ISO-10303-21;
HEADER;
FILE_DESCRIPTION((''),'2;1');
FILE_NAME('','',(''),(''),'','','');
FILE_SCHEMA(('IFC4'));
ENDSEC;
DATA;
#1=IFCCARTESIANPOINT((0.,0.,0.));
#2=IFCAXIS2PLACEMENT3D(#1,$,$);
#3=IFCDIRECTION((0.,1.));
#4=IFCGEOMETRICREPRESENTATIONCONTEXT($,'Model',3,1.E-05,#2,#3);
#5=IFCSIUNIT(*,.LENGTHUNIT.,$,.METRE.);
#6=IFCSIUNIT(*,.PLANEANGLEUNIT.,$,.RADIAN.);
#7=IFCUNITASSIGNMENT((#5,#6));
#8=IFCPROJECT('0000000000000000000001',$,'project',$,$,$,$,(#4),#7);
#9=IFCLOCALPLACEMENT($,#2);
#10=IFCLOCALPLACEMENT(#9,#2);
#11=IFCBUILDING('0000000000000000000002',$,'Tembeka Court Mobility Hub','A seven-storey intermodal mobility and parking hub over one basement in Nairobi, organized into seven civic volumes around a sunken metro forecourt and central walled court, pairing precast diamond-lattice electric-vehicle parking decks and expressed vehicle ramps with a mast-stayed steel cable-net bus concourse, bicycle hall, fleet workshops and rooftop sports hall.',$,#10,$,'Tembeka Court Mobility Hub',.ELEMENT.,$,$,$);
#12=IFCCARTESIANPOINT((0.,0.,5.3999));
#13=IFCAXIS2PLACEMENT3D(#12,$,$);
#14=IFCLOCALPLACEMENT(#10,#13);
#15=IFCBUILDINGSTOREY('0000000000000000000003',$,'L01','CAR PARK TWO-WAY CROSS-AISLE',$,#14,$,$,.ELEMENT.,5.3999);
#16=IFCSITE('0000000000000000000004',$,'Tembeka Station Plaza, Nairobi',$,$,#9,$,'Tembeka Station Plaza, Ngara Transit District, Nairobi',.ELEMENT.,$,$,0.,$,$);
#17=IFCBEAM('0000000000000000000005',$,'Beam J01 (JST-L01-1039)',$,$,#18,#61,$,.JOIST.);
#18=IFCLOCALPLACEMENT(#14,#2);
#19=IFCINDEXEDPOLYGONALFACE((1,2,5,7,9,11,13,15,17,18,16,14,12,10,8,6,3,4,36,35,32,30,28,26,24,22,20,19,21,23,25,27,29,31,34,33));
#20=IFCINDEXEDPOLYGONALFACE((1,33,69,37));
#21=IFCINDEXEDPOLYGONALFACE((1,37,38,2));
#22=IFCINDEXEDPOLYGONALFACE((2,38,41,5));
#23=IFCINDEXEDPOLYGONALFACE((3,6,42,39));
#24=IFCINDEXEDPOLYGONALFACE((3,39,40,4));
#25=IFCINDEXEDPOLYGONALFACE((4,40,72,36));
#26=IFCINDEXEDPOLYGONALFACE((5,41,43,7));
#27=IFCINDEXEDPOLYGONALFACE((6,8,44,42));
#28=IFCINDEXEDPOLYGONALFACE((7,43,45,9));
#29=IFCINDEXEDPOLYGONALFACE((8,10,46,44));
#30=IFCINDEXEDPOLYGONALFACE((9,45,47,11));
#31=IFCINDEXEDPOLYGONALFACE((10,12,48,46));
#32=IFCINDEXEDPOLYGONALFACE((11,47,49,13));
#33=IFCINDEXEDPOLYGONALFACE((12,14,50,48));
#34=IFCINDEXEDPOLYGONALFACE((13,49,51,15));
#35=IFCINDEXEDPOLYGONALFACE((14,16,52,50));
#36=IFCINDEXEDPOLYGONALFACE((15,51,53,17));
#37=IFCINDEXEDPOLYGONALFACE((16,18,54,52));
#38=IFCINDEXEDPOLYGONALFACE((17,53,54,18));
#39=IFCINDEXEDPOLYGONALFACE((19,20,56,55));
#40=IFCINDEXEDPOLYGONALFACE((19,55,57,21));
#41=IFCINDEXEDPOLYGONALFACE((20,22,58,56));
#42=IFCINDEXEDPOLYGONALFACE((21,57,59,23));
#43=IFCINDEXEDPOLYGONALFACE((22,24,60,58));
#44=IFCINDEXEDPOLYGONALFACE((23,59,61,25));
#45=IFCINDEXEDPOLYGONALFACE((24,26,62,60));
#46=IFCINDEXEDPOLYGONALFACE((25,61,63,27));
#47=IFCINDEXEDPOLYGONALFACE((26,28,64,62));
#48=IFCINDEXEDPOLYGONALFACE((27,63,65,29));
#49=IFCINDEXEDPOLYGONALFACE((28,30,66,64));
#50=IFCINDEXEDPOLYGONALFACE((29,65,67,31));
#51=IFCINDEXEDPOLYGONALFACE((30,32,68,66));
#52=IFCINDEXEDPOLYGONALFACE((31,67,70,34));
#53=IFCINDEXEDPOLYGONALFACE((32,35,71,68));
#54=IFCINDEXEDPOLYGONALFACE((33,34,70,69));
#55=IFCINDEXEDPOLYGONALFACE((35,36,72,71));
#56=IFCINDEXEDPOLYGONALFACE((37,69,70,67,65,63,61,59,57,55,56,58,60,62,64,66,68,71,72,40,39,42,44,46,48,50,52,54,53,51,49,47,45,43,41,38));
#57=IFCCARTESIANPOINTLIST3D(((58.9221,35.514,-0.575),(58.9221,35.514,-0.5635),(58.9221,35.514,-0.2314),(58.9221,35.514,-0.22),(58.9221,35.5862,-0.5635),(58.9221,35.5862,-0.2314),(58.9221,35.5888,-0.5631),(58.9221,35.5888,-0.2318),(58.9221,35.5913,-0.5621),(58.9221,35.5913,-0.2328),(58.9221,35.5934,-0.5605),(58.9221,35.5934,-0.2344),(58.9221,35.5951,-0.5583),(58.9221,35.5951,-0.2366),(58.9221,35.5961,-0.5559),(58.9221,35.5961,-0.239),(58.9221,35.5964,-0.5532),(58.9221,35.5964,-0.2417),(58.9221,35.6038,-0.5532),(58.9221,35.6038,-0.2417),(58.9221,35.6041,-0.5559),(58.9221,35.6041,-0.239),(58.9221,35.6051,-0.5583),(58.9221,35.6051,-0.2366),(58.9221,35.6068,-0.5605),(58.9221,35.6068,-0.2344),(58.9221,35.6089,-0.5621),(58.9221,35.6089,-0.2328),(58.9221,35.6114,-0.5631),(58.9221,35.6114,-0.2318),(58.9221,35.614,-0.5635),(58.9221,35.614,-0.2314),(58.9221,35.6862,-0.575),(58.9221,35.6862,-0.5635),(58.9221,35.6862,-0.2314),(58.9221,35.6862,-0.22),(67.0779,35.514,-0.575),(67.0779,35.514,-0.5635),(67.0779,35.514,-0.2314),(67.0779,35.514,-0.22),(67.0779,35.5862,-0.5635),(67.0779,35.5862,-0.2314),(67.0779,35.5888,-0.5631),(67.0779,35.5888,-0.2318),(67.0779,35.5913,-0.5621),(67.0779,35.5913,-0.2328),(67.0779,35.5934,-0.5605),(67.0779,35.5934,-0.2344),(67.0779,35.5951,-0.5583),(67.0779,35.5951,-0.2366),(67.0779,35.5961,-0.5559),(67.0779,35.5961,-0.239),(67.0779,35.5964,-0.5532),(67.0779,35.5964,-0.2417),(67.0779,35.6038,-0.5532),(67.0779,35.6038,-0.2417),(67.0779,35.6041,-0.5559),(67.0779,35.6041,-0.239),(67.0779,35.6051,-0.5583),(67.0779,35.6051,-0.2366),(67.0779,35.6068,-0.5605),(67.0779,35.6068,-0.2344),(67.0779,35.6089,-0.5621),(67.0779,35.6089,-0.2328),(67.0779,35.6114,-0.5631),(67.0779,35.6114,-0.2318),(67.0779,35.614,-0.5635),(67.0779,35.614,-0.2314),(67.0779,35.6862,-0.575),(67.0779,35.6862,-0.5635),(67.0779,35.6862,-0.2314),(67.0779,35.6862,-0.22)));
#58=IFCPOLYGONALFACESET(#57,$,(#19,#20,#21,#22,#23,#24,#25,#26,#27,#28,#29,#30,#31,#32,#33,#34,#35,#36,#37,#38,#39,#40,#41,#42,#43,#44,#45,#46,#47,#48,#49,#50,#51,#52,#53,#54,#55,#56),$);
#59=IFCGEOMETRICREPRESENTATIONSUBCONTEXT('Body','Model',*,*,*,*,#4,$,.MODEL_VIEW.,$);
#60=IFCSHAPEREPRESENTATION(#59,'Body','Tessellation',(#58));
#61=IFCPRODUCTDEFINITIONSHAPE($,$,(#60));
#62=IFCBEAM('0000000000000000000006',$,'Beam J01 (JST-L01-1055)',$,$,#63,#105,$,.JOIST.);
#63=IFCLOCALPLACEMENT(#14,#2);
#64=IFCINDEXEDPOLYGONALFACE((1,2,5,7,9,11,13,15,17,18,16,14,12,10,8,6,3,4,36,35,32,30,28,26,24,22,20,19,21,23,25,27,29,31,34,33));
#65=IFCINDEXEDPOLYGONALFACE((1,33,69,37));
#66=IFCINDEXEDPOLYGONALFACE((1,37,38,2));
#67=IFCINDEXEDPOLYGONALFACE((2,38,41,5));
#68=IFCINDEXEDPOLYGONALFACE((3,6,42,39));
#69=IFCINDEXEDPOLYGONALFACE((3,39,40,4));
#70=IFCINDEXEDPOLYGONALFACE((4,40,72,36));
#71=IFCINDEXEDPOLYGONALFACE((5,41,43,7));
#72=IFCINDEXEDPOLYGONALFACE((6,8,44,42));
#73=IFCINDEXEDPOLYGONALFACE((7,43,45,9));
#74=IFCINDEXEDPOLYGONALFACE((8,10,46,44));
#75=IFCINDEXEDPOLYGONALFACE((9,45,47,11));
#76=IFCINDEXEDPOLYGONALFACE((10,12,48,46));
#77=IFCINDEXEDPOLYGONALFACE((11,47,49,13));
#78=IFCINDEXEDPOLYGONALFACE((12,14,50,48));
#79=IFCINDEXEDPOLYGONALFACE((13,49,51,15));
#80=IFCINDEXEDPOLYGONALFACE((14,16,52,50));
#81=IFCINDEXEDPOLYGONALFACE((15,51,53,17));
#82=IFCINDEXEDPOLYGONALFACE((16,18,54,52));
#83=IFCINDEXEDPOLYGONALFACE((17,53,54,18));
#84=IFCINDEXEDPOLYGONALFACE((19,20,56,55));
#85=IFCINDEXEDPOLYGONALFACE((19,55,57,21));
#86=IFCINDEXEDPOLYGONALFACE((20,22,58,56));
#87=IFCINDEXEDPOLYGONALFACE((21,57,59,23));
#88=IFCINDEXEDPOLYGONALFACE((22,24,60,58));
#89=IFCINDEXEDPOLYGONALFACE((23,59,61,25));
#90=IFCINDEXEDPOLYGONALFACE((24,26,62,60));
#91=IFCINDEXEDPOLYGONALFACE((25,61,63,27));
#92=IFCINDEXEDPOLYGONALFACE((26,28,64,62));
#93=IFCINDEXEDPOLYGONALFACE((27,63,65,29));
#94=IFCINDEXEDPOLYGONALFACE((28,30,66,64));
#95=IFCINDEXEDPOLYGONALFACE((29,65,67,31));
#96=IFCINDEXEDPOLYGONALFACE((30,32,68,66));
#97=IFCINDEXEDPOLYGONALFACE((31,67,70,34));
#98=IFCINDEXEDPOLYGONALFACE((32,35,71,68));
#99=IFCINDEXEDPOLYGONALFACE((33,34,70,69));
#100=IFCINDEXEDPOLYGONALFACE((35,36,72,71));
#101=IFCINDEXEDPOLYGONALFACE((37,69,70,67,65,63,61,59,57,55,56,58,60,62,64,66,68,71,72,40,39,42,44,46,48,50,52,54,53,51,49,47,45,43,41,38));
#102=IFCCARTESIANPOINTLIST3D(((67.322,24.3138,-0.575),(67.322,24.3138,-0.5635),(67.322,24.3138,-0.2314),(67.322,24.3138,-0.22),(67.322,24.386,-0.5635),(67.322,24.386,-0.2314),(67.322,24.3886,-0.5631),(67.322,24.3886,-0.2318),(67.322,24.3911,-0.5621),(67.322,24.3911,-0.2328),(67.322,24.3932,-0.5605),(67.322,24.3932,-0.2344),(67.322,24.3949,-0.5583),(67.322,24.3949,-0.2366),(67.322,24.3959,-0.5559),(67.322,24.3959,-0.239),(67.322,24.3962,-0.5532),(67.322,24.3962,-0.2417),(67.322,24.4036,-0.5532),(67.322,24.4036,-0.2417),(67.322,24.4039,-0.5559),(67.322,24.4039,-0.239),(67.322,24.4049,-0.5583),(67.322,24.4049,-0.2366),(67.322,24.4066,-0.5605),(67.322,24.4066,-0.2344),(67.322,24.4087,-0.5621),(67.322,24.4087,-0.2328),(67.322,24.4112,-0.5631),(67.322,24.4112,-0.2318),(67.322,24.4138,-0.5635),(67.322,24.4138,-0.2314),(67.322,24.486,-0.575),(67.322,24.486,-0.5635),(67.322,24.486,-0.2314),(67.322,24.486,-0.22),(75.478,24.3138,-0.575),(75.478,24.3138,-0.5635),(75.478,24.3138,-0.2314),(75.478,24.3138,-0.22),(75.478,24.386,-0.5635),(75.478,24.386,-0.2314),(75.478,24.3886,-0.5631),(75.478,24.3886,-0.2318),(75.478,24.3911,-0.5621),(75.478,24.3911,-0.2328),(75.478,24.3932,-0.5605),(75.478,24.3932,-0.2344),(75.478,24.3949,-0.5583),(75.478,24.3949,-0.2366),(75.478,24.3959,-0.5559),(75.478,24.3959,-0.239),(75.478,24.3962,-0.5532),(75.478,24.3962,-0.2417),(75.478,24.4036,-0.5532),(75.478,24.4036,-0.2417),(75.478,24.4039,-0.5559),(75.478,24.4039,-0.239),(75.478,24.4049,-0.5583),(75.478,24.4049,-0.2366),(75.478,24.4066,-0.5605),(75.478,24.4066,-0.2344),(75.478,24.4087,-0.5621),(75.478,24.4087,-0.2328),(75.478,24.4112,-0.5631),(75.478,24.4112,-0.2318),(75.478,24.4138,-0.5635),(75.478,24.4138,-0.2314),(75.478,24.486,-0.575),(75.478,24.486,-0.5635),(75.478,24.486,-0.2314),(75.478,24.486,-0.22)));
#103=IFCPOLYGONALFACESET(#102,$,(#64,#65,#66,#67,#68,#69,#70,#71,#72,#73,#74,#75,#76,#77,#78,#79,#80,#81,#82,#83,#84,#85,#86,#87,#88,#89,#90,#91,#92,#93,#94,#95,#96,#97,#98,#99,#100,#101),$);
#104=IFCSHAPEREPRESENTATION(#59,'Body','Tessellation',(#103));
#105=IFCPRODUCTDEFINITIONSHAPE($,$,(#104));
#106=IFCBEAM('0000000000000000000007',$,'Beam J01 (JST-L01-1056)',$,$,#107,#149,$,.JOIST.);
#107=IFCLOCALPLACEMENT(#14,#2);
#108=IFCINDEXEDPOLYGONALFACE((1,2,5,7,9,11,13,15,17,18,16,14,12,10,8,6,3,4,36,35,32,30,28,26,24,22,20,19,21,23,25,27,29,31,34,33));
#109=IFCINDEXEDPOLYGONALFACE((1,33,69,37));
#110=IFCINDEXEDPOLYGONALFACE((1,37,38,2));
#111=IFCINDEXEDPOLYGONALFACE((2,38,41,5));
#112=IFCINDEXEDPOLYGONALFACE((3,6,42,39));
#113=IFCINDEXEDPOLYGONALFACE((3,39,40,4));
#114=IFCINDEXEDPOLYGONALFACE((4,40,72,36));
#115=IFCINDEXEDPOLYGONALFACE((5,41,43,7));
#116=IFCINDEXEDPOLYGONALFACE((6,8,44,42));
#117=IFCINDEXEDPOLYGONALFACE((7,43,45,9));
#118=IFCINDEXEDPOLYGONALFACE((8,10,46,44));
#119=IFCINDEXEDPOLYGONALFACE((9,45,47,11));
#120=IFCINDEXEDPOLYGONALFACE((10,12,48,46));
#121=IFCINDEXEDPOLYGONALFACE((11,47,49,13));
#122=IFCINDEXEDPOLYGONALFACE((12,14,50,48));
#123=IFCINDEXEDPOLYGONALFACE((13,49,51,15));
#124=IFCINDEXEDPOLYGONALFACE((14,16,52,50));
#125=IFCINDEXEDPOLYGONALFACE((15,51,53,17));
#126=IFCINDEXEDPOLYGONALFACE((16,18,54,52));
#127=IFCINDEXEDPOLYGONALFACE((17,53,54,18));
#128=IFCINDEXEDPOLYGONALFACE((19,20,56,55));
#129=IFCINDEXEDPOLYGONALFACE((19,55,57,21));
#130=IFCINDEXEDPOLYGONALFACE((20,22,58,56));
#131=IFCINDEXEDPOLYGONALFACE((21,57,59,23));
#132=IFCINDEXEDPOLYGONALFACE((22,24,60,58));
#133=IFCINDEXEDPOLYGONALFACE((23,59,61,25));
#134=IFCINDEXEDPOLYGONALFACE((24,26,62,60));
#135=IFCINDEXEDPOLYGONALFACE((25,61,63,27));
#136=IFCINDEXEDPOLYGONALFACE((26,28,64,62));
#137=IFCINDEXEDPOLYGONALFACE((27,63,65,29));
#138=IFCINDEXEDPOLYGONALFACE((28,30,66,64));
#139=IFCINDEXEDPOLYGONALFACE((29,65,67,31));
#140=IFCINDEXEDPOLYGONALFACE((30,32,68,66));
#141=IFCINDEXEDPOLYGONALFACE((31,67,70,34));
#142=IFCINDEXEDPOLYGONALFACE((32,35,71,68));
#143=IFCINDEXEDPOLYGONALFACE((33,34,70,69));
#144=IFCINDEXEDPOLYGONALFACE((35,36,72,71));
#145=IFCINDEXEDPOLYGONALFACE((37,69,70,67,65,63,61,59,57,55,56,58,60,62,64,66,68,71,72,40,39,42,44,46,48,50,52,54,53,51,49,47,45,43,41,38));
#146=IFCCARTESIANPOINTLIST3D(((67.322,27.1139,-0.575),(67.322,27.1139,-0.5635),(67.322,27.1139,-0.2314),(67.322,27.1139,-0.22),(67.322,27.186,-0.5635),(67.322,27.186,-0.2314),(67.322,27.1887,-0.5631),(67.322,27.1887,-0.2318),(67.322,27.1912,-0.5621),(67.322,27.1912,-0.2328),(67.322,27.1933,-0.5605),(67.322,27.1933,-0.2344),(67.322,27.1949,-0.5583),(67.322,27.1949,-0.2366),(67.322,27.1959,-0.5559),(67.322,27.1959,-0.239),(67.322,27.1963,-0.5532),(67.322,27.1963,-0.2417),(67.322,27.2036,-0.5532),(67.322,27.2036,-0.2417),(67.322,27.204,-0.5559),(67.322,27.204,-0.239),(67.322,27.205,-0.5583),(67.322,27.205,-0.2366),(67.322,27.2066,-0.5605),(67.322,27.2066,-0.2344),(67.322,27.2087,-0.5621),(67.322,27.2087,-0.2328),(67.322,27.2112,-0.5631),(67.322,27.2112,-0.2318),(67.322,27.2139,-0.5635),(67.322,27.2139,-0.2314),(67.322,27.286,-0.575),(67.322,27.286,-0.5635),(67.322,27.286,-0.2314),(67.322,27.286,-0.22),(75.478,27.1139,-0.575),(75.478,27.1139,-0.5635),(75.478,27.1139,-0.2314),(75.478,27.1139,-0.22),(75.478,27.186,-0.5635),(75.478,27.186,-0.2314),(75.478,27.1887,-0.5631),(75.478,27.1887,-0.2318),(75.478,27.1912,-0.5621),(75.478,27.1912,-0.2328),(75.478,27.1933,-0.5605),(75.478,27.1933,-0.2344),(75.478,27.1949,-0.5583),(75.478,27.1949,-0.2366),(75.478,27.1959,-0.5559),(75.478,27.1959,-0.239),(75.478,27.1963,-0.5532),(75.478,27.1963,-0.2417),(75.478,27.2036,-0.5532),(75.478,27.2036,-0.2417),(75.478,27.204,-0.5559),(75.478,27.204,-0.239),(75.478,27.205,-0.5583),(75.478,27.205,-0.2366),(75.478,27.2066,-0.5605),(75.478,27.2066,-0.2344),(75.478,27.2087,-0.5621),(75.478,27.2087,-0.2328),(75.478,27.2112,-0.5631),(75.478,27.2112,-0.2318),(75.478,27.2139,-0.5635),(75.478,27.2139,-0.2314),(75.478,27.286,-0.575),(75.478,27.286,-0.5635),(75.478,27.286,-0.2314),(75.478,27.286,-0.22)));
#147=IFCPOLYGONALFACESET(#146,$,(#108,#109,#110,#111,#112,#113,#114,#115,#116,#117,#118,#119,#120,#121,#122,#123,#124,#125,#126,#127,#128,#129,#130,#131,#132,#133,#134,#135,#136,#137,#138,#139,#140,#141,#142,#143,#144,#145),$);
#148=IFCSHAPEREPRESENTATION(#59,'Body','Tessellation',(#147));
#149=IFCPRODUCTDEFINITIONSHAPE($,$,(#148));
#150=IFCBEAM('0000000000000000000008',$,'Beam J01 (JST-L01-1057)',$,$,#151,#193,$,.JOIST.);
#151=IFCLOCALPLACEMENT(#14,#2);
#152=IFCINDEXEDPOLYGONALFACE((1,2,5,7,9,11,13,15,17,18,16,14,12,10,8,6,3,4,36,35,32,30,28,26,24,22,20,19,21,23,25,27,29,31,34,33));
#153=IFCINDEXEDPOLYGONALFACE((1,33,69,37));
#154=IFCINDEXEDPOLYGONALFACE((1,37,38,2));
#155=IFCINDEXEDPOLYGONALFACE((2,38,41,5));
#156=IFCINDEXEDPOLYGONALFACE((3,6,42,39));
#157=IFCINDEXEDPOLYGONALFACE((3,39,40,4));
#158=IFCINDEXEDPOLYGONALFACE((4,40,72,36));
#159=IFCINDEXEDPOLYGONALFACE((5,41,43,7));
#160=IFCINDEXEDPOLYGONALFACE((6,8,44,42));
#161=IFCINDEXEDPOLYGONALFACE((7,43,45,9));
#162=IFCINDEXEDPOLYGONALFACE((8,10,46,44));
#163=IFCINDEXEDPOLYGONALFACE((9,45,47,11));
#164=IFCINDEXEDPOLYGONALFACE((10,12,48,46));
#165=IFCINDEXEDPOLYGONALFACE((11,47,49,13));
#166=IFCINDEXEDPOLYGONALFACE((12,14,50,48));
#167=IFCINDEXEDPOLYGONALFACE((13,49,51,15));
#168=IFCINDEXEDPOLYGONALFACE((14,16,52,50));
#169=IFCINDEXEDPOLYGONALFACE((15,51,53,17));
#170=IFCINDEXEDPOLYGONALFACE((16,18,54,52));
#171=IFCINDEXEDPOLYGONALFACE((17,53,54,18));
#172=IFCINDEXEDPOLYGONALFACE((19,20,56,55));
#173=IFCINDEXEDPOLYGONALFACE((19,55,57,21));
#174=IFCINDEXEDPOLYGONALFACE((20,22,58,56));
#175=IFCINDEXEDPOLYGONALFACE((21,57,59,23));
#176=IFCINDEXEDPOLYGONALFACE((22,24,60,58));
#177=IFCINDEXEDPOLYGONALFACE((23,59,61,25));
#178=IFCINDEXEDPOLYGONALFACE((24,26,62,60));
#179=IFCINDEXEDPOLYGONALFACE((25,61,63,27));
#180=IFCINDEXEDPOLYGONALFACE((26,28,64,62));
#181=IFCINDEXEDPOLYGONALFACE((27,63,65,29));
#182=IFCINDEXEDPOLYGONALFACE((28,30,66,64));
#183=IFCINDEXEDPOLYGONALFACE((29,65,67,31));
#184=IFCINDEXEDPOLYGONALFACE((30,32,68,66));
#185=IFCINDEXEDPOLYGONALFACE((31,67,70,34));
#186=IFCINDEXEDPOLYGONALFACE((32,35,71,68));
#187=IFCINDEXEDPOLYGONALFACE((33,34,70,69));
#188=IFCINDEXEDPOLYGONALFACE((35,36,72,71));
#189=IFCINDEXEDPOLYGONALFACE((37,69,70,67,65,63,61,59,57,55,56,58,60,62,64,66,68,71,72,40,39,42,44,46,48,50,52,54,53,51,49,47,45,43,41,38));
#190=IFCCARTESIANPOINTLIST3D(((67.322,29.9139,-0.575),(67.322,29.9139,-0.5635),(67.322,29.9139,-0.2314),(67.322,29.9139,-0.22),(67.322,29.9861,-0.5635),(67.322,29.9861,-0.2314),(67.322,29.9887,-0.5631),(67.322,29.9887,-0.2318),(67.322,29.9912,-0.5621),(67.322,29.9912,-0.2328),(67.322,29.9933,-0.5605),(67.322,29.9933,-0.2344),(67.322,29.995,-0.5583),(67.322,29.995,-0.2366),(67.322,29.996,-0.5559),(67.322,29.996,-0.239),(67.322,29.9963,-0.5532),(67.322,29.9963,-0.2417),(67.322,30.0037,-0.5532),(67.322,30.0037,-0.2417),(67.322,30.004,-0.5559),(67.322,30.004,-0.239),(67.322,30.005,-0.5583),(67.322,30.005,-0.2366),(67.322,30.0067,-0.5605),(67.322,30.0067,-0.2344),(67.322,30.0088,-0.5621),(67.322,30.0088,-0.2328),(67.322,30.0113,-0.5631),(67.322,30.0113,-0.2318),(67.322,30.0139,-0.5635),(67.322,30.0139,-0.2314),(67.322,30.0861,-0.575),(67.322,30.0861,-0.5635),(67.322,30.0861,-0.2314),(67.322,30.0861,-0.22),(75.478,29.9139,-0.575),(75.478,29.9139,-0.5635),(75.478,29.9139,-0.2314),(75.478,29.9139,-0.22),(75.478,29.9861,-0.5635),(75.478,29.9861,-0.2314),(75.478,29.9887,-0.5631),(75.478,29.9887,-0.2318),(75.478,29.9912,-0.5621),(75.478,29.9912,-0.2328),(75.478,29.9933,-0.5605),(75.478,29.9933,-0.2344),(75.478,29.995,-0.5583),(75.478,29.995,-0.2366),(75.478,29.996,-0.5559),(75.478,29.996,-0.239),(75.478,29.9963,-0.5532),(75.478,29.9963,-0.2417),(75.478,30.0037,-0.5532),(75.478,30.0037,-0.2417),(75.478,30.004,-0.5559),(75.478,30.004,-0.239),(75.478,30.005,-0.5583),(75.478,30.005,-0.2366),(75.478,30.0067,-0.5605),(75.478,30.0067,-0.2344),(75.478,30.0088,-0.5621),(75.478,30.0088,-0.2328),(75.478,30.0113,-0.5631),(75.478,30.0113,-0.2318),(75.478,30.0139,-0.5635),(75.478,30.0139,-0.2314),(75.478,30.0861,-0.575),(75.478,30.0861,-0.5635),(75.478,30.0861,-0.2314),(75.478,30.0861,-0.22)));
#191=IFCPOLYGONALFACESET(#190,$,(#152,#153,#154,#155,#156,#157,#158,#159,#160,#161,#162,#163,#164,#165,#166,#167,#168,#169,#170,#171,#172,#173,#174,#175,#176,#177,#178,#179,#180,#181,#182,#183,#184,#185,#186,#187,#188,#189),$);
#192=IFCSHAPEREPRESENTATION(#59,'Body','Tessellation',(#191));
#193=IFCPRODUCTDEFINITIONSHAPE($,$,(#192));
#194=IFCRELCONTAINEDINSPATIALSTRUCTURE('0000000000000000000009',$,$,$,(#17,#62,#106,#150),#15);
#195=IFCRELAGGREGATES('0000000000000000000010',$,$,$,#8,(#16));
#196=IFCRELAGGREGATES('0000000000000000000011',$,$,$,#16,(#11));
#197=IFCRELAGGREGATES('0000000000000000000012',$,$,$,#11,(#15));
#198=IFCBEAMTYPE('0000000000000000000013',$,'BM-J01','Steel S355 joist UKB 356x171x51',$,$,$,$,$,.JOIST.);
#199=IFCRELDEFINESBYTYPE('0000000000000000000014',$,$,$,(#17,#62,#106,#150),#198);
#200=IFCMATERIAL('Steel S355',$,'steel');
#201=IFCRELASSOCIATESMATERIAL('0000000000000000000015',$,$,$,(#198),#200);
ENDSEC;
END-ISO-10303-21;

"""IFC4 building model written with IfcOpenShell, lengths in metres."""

from ifc_helpers import new_model, si_unit, direction, frame, origin, origin_2d, place, context, subcontext, project, spatial, i_section, extrude, material, material_profile, profile_set, type_object, element, save


model = new_model("IFC4")

# Units and contexts
model_context = context("Model", 3, precision=1e-05, world=origin(), true_north=direction((0.0, 1.0)))
body_context = subcontext(model_context, "Body", "Model", "MODEL_VIEW")
ifc_project = project(units=[si_unit("LENGTHUNIT", "METRE"), si_unit("PLANEANGLEUNIT", "RADIAN")], contexts=[model_context])

# Site, building, storey
site_placement = place(None, origin())
site = spatial("IfcSite", under=ifc_project, at=site_placement, Name="Tembeka Station Plaza, Nairobi", LongName="Tembeka Station Plaza, Ngara Transit District, Nairobi", CompositionType="ELEMENT", RefElevation=0.0)
building_placement = place(site_placement, origin())
building = spatial("IfcBuilding", under=site, at=building_placement, Name="Tembeka Court Mobility Hub", Description="A seven-storey intermodal mobility and parking hub over one basement in Nairobi, organized into seven civic volumes around a sunken metro forecourt and central walled court, pairing precast diamond-lattice electric-vehicle parking decks and expressed vehicle ramps with a mast-stayed steel cable-net bus concourse, bicycle hall, fleet workshops and rooftop sports hall.", LongName="Tembeka Court Mobility Hub", CompositionType="ELEMENT")
storey_placement = place(building_placement, frame((0.0, 0.0, 5.3999)))
storey = spatial("IfcBuildingStorey", under=building, at=storey_placement, Name="L01", Description="CAR PARK TWO-WAY CROSS-AISLE", CompositionType="ELEMENT", Elevation=5.3999)

# Shared definitions
ifc_material_1 = material(Name="Steel S355", Category="steel")

# Beams
ifc_material_profile_1 = material_profile(ifc_material_1, i_section(OverallWidth=0.1721, OverallDepth=0.355, WebThickness=0.0073, FlangeThickness=0.0115, FilletRadius=0.0103, at=origin_2d()), Name="UKB 356x171x51")
ifc_profile_set_1 = profile_set([ifc_material_profile_1], Name="Steel S355")
beam_type_1 = type_object("IfcBeamType", Name="BM-J01", Description="Steel S355 joist UKB 356x171x51", PredefinedType="JOIST", material=ifc_profile_set_1)
for number, where, z_axis, x_axis, name in (
    (1, (58.9221, 35.6001, -0.3975), (1.0, 0.0, 0.0), (0.0, 1.0, 0.0), "Beam J01 (JST-L01-1039)"),
):
    element("IfcBeam", number, at=place(storey_placement, frame(where, z_axis=z_axis, x_axis=x_axis)), inside=storey, type_object=beam_type_1, Name=name, PredefinedType="JOIST", context=body_context, shape_type="SweptSolid", body=[
        extrude(i_section(OverallWidth=0.1721, OverallDepth=0.355, WebThickness=0.0073, FlangeThickness=0.0115, FilletRadius=0.0103, at=origin_2d()), origin(), (0.0, 0.0, 1.0), 8.1558),
    ])
for number, where, z_axis, x_axis, name in (
    (2, (67.322, 24.3999, -0.3975), (1.0, 0.0, 0.0), (0.0, 1.0, 0.0), "Beam J01 (JST-L01-1055)"),
    (3, (67.322, 27.2, -0.3975), (1.0, 0.0, 0.0), (0.0, 1.0, 0.0), "Beam J01 (JST-L01-1056)"),
    (4, (67.322, 30.0, -0.3975), (1.0, 0.0, 0.0), (0.0, 1.0, 0.0), "Beam J01 (JST-L01-1057)"),
):
    element("IfcBeam", number, at=place(storey_placement, frame(where, z_axis=z_axis, x_axis=x_axis)), inside=storey, type_object=beam_type_1, Name=name, PredefinedType="JOIST", context=body_context, shape_type="SweptSolid", body=[
        extrude(i_section(OverallWidth=0.1721, OverallDepth=0.355, WebThickness=0.0073, FlangeThickness=0.0115, FilletRadius=0.0103, at=origin_2d()), origin(), (0.0, 0.0, 1.0), 8.156),
    ])

save(model, "model.ifc")
